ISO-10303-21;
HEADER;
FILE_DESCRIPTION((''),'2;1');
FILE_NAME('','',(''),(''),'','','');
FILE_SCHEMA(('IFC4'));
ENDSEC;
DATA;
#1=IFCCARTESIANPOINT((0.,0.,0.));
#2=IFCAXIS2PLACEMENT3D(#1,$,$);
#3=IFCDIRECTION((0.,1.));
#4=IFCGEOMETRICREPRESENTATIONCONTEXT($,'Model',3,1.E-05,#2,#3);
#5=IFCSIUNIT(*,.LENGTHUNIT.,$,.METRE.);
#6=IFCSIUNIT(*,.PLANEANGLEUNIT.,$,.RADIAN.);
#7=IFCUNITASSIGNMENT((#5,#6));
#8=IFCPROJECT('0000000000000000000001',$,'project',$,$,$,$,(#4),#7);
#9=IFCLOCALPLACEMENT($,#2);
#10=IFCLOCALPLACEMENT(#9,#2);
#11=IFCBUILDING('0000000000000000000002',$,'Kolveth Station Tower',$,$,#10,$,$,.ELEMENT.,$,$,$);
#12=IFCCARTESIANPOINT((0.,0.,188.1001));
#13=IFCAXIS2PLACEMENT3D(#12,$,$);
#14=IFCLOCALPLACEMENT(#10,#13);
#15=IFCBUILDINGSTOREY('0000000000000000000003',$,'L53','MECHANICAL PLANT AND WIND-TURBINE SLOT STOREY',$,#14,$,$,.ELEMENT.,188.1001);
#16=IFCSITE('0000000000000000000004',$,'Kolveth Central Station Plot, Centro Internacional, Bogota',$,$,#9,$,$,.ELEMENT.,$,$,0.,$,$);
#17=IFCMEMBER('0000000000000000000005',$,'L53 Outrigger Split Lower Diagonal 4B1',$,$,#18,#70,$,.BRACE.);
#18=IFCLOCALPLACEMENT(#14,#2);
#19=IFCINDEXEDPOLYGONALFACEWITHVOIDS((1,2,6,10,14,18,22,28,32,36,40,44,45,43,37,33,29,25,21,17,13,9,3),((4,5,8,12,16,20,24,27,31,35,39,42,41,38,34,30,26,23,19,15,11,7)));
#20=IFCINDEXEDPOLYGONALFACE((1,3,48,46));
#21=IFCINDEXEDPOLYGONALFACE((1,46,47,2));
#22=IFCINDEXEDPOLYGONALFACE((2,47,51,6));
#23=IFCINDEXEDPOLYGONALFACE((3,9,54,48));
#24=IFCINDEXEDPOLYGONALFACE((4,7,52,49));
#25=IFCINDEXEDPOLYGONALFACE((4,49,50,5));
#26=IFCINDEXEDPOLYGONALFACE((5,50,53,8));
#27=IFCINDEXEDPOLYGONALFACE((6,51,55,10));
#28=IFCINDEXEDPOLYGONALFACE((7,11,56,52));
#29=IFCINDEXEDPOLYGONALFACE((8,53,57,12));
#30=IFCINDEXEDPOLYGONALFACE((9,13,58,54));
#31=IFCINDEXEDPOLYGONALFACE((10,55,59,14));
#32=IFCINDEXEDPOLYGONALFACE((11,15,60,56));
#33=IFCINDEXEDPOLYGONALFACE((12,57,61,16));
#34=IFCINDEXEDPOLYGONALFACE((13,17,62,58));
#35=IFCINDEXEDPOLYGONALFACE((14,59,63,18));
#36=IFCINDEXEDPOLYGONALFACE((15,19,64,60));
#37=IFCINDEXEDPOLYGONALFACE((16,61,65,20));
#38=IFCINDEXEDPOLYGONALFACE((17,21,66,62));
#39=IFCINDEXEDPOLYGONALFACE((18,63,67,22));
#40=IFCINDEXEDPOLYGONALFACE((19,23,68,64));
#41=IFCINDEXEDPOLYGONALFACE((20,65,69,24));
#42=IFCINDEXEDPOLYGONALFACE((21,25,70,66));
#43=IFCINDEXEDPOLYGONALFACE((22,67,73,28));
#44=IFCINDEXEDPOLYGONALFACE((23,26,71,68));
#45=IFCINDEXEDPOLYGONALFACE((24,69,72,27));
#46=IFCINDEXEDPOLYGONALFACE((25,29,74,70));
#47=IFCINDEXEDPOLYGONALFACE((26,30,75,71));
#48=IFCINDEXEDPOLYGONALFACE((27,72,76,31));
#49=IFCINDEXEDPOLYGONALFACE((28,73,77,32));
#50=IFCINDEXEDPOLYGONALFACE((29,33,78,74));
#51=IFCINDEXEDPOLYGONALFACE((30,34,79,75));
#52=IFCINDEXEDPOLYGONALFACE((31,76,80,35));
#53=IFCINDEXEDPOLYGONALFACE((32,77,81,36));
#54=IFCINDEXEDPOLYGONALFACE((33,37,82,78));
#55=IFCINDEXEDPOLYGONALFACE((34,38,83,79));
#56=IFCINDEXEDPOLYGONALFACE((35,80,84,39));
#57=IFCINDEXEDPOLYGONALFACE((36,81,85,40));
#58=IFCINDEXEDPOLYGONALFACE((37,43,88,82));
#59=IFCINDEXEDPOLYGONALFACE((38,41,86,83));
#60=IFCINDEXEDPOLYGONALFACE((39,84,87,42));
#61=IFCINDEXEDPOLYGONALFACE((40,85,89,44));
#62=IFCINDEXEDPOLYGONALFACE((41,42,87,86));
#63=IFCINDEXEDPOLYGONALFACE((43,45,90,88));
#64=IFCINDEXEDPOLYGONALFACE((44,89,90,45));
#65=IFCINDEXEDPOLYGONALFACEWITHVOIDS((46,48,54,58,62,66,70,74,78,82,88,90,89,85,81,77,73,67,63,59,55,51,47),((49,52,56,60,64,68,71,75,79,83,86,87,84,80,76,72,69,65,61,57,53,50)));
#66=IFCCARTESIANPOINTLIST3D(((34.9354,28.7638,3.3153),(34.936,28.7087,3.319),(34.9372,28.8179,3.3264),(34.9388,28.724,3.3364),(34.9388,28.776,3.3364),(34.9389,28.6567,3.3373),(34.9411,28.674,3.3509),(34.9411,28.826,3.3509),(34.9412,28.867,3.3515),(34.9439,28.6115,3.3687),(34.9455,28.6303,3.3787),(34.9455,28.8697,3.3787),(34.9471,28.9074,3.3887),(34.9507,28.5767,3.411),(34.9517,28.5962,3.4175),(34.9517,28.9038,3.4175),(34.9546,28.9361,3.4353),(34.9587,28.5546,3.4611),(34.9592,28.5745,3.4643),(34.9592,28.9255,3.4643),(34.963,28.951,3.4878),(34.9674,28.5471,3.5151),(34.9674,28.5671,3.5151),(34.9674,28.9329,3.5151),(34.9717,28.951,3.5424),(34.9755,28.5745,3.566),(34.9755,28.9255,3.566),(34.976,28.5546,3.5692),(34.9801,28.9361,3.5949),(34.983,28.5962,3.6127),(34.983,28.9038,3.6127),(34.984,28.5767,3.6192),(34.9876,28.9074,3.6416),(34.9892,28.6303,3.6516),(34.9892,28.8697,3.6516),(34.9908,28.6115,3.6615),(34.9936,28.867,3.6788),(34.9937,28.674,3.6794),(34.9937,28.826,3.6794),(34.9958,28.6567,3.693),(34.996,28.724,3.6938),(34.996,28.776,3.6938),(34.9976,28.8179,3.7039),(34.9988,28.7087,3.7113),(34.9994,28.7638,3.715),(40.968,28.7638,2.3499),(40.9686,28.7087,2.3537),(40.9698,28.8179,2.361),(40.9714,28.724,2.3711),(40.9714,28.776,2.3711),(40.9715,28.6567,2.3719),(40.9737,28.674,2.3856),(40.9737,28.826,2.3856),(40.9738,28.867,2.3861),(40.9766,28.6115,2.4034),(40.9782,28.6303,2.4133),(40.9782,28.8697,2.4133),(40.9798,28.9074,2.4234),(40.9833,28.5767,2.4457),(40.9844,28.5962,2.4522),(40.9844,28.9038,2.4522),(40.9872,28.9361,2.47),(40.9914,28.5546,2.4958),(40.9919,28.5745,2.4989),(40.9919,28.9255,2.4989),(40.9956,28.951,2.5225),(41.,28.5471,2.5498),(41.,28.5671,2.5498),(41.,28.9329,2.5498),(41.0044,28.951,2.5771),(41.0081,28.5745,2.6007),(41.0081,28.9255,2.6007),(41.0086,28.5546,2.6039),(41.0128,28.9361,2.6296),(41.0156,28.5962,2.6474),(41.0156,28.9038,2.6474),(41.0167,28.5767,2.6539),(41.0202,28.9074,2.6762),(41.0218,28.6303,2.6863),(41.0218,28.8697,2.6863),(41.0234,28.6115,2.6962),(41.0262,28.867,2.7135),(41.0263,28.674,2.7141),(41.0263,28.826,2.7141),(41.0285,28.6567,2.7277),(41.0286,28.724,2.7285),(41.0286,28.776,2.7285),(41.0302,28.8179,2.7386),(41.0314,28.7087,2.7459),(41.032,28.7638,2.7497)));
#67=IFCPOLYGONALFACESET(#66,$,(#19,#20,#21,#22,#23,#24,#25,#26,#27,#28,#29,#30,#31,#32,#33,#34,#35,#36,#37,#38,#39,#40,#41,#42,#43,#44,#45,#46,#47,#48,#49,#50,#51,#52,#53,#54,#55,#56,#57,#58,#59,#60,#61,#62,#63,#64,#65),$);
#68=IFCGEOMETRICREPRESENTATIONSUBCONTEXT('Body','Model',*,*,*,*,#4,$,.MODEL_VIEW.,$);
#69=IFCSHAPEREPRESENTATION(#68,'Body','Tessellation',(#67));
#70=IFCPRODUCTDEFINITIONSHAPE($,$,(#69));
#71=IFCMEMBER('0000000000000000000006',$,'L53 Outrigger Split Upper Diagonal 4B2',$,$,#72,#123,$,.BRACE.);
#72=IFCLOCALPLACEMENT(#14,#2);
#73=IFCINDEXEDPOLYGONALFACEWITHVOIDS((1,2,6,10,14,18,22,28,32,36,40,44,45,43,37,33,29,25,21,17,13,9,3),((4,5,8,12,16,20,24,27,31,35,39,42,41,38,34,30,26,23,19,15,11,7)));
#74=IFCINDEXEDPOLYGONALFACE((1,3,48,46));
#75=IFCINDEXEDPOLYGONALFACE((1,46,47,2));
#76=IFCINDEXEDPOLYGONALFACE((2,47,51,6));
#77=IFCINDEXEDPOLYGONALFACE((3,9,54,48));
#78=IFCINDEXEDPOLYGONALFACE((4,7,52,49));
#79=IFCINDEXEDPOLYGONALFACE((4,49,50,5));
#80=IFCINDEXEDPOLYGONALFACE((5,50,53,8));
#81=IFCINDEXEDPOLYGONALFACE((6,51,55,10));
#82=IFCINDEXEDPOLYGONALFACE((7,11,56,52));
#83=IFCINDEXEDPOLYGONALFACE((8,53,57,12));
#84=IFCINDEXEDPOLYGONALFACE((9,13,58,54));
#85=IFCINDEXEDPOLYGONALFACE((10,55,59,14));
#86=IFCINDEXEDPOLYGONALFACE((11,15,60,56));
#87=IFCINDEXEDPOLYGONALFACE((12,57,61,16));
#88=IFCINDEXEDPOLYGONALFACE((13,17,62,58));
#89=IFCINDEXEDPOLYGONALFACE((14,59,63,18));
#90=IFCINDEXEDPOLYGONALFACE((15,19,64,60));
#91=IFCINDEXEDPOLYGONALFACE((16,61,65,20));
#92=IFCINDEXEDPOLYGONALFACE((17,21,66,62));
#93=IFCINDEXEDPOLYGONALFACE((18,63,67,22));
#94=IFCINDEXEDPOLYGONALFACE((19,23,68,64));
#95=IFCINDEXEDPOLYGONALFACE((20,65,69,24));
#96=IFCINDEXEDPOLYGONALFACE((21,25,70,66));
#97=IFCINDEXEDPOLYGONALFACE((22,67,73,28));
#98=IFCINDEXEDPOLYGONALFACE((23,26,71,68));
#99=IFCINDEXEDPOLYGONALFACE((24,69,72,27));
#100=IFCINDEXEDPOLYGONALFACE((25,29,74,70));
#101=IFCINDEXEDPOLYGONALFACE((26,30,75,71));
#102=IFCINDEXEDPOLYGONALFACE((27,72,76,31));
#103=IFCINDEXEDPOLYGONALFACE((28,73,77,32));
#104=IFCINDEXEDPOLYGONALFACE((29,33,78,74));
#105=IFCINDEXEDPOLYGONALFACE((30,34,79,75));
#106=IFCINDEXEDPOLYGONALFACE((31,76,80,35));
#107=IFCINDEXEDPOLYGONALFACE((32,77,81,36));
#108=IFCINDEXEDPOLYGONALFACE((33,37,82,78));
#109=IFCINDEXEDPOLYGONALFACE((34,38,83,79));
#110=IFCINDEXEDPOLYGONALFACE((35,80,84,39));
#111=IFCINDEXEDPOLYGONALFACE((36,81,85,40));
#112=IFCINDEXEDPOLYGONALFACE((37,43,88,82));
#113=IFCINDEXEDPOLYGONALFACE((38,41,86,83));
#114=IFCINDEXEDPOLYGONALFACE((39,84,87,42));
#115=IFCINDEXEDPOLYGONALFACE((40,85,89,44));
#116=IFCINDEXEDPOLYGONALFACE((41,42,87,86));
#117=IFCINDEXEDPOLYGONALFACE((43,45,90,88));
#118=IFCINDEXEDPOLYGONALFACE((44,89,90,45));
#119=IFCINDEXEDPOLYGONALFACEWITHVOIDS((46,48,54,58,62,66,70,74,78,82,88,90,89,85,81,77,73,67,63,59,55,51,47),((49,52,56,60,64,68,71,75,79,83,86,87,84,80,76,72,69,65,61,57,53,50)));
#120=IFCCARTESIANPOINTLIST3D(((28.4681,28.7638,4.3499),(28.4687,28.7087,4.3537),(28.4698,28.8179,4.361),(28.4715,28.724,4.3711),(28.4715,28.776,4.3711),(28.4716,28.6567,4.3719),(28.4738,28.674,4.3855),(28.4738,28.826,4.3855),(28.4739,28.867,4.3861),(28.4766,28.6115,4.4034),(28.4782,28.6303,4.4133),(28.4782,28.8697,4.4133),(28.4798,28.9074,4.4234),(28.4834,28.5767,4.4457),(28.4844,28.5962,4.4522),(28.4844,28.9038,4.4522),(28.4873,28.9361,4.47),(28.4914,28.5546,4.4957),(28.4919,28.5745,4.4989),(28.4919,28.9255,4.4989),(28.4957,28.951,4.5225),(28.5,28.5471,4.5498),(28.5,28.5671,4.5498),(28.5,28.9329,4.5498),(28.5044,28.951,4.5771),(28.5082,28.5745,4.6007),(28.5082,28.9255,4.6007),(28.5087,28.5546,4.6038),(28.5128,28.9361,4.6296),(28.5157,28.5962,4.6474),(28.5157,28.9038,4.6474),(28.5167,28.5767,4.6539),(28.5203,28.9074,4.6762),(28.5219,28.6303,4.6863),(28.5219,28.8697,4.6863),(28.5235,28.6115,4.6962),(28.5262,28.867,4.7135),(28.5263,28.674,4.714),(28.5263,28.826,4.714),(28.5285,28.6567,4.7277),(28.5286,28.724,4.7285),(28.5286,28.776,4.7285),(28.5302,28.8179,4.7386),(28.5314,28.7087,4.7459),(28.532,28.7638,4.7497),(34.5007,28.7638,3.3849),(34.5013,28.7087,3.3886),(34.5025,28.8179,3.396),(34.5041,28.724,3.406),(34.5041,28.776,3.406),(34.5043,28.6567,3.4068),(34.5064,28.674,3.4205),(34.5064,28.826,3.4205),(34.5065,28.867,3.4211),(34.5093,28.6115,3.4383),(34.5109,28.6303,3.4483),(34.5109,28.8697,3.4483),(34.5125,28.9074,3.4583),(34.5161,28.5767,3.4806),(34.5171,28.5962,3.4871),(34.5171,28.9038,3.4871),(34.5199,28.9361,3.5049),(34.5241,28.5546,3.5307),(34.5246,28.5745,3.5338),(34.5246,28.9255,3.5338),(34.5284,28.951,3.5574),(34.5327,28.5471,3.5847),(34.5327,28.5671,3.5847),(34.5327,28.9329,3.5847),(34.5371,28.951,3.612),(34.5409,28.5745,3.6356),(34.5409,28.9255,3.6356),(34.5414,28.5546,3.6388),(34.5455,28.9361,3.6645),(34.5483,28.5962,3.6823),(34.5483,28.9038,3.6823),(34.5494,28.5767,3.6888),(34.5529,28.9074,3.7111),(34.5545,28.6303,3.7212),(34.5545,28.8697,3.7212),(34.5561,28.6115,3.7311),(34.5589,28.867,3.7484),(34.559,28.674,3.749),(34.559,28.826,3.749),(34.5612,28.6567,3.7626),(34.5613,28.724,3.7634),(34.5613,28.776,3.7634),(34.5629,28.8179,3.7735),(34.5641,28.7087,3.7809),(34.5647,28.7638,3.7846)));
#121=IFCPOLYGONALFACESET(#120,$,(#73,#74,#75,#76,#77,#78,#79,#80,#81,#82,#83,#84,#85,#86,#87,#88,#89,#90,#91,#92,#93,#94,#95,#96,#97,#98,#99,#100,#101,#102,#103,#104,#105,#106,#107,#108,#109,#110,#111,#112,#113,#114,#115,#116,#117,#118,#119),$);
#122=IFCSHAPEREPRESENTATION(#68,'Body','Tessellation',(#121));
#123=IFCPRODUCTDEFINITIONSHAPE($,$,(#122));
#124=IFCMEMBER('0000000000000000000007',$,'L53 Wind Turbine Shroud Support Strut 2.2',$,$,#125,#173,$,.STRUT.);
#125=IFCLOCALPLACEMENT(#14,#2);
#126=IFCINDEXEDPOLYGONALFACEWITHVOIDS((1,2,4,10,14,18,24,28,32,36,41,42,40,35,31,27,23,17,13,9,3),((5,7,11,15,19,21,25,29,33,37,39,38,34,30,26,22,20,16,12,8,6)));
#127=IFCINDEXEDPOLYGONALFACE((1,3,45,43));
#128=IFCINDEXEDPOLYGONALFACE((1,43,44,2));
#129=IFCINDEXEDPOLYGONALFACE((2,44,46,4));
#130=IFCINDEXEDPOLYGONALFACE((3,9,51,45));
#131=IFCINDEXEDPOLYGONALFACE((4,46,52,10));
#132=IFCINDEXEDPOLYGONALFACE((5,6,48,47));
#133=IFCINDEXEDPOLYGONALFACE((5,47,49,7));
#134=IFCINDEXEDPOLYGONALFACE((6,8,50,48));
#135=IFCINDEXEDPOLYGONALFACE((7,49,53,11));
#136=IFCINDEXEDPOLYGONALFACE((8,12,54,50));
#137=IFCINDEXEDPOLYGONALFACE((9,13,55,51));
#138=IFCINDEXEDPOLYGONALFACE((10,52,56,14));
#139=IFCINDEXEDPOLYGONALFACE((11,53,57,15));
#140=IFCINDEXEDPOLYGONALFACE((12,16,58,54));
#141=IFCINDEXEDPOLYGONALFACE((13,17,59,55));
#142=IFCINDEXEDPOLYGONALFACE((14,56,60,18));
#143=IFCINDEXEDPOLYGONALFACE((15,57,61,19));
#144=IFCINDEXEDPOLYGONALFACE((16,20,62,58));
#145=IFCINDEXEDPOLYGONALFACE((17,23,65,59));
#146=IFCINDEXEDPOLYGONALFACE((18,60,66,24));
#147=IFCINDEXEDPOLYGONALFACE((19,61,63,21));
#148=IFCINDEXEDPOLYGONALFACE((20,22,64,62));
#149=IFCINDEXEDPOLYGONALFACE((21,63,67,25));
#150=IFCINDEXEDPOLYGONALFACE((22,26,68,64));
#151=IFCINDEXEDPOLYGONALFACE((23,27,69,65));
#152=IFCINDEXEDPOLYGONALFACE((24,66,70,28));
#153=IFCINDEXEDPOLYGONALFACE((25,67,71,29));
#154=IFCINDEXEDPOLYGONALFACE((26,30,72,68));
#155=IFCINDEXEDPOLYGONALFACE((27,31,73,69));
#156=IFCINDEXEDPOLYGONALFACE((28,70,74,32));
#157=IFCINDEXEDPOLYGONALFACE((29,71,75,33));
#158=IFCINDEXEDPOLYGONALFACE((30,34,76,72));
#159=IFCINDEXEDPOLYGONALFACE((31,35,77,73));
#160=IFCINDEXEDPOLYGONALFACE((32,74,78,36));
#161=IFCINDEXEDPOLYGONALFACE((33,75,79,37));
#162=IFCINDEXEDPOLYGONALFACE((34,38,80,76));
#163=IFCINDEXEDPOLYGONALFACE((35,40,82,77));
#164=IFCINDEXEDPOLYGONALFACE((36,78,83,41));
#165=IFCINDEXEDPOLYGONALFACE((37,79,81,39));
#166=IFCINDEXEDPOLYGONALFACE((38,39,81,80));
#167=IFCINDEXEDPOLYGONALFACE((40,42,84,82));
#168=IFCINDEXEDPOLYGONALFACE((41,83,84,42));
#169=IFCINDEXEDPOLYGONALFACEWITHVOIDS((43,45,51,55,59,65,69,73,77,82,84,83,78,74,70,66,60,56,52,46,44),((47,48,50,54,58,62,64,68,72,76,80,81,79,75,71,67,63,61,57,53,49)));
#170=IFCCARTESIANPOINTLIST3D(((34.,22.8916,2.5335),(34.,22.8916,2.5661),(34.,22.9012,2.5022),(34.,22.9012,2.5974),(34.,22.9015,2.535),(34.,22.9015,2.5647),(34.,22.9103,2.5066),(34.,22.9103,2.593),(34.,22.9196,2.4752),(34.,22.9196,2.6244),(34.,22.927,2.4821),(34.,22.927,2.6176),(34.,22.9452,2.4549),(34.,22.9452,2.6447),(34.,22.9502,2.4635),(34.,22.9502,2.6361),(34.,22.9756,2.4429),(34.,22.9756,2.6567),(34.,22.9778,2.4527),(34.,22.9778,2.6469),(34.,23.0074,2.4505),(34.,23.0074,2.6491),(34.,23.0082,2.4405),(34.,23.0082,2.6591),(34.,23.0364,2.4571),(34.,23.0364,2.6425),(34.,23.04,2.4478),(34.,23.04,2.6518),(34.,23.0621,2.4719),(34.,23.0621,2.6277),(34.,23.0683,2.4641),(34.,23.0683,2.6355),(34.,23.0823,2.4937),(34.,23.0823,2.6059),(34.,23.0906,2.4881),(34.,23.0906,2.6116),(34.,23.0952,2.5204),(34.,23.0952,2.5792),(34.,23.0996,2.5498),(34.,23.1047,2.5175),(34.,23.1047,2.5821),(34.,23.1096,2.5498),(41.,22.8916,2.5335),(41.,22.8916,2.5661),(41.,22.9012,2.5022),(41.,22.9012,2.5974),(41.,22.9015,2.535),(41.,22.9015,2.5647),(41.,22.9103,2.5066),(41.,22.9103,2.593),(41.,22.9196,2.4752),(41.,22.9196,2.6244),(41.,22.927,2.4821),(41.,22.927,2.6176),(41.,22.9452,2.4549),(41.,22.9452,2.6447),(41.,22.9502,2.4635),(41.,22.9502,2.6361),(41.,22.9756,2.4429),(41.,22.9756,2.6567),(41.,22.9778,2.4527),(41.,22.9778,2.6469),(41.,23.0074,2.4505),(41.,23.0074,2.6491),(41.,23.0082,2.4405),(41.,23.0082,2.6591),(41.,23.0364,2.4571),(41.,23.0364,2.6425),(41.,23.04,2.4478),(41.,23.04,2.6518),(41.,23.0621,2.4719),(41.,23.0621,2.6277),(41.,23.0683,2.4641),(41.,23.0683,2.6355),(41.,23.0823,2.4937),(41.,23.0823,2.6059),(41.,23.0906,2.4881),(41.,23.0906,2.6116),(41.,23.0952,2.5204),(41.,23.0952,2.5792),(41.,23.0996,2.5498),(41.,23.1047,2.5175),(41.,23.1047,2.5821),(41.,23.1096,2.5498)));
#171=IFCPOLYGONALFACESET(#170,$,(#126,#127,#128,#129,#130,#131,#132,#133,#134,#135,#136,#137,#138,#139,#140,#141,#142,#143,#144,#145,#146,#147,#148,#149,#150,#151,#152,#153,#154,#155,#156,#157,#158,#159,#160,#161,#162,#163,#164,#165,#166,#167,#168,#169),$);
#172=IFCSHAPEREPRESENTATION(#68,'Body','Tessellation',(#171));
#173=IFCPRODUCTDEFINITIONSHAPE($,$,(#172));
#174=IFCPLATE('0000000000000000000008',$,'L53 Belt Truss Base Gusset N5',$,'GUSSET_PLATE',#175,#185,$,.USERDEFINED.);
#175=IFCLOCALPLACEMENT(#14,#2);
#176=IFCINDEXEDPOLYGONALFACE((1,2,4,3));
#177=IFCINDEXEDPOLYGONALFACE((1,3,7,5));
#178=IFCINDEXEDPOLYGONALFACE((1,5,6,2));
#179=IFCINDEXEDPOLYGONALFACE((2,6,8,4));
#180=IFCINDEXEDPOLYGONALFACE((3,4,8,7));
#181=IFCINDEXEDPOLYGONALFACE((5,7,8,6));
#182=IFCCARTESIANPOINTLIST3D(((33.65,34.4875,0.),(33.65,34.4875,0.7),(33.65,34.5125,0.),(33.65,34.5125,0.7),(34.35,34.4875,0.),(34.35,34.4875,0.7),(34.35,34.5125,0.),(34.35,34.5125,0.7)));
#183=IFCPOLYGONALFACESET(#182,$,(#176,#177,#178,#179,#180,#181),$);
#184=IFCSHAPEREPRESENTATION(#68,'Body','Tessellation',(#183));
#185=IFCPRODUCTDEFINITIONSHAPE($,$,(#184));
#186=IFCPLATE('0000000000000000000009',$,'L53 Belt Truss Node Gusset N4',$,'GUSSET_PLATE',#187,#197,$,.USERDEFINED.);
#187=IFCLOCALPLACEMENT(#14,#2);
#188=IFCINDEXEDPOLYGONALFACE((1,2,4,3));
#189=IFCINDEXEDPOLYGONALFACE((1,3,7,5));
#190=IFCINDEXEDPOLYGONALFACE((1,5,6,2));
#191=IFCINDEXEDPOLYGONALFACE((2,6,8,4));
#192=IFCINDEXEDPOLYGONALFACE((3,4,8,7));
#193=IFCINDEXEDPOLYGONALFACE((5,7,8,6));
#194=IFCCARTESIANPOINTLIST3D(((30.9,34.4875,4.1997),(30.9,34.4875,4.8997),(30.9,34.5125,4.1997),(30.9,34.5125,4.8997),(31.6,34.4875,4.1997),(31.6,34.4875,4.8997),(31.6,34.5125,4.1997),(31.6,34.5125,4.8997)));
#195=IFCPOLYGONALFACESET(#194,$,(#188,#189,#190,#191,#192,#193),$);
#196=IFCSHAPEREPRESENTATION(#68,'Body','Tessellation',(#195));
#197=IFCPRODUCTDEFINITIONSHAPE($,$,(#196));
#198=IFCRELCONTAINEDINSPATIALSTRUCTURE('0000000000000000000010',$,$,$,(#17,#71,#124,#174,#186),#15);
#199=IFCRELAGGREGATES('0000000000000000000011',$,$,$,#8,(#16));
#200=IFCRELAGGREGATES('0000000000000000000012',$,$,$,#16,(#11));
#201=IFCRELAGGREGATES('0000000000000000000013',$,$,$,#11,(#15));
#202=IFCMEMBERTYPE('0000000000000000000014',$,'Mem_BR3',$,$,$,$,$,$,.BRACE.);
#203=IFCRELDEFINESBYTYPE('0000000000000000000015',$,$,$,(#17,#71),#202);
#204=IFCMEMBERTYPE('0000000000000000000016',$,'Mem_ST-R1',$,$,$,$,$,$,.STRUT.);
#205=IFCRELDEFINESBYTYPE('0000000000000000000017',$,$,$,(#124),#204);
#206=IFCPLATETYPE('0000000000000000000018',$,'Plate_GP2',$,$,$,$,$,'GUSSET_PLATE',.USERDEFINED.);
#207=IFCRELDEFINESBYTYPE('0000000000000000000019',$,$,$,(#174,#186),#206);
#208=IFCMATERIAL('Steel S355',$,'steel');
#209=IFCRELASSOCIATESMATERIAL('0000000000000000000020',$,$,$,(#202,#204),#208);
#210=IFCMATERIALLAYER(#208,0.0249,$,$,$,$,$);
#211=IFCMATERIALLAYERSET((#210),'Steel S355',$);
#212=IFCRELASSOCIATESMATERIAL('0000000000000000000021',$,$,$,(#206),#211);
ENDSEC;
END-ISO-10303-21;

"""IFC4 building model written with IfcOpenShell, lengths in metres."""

from ifc_helpers import new_model, si_unit, direction, frame, origin, origin_2d, place, context, subcontext, project, spatial, rectangle, hollow_circle, extrude, source, transform, mapped, material, layer, layer_set, material_profile, profile_set, type_object, element, save


model = new_model("IFC4")

# Units and contexts
model_context = context("Model", 3, precision=1e-05, world=origin(), true_north=direction((0.0, 1.0)))
body_context = subcontext(model_context, "Body", "Model", "MODEL_VIEW")
ifc_project = project(units=[si_unit("LENGTHUNIT", "METRE"), si_unit("PLANEANGLEUNIT", "RADIAN")], contexts=[model_context])

# Site, building, storey
site_placement = place(None, origin())
site = spatial("IfcSite", under=ifc_project, at=site_placement, Name="Kolveth Central Station Plot, Centro Internacional, Bogota", CompositionType="ELEMENT", RefElevation=0.0)
building_placement = place(site_placement, origin())
building = spatial("IfcBuilding", under=site, at=building_placement, Name="Kolveth Station Tower", CompositionType="ELEMENT")
storey_placement = place(building_placement, frame((0.0, 0.0, 188.1001)))
storey = spatial("IfcBuildingStorey", under=building, at=storey_placement, Name="L53", Description="MECHANICAL PLANT AND WIND-TURBINE SLOT STOREY", CompositionType="ELEMENT", Elevation=188.1001)

# Shared definitions
ifc_material_1 = material(Name="Steel S355", Category="steel")

# Members
ifc_material_profile_1 = material_profile(ifc_material_1, hollow_circle(Radius=0.2029, WallThickness=0.02, at=origin_2d()), Name="CHS406x20")
ifc_profile_set_1 = profile_set([ifc_material_profile_1], Name="Steel S355")
member_type_1 = type_object("IfcMemberType", Name="Mem_BR3", PredefinedType="BRACE", material=ifc_profile_set_1)
shared_shape_1 = source(origin(), body_context, "Body", "SweptSolid", [
    extrude(hollow_circle(Radius=0.2029, WallThickness=0.02, at=origin_2d()), origin(), (0.0, 0.0, 1.0), 6.1094),
])
for number, where, z_axis, x_axis, name in (
    (1, (41.0, 28.75, 2.5498), (-0.987438, 0.0, 0.158006), (0.0, -1.0, 0.0), "L53 Outrigger Split Lower Diagonal 4B1"),
    (2, (34.5327, 28.75, 3.5847), (-0.987444, 0.0, 0.157967), (0.0, -1.0, 0.0), "L53 Outrigger Split Upper Diagonal 4B2"),
):
    element("IfcMember", number, at=place(storey_placement, frame(where, z_axis=z_axis, x_axis=x_axis)), inside=storey, type_object=member_type_1, Name=name, PredefinedType="BRACE", context=body_context, shape_type="MappedRepresentation", body=[
        mapped(shared_shape_1, transform((0.0, 0.0, 0.0), x_axis=(1.0, 0.0, 0.0), y_axis=(0.0, 1.0, 0.0), z_axis=(0.0, 0.0, 1.0), scale=1.0)),
    ])
ifc_material_profile_2 = material_profile(ifc_material_1, hollow_circle(Radius=0.1096, WallThickness=0.01, at=origin_2d()), Name="CHS219x10")
ifc_profile_set_2 = profile_set([ifc_material_profile_2], Name="Steel S355")
member_type_2 = type_object("IfcMemberType", Name="Mem_ST-R1", PredefinedType="STRUT", material=ifc_profile_set_2)
shared_shape_2 = source(origin(), body_context, "Body", "SweptSolid", [
    extrude(hollow_circle(Radius=0.1096, WallThickness=0.01, at=origin_2d()), origin(), (0.0, 0.0, 1.0), 7.0),
])
member_1_placement = place(storey_placement, frame((34.0, 23.0, 2.5498), z_axis=(1.0, 0.0, 0.0), x_axis=(0.0, 1.0, 0.0)))
element("IfcMember", 3, at=member_1_placement, inside=storey, type_object=member_type_2, Name="L53 Wind Turbine Shroud Support Strut 2.2", PredefinedType="STRUT", context=body_context, shape_type="MappedRepresentation", body=[
    mapped(shared_shape_2, transform((0.0, 0.0, 0.0), x_axis=(1.0, 0.0, 0.0), y_axis=(0.0, 1.0, 0.0), z_axis=(0.0, 0.0, 1.0), scale=1.0)),
])

# Plates
ifc_layer_1 = layer(ifc_material_1, 0.0249)
ifc_layer_set_1 = layer_set([ifc_layer_1], Name="Steel S355")
plate_type_1 = type_object("IfcPlateType", Name="Plate_GP2", ElementType="GUSSET_PLATE", PredefinedType="USERDEFINED", material=ifc_layer_set_1)
shared_shape_3 = source(origin(), body_context, "Body", "SweptSolid", [
    extrude(rectangle(XDim=0.7, YDim=0.0249, at=origin_2d()), origin(), (0.0, 0.0, 1.0), 0.7),
])
for number, where, z_axis, x_axis, name in (
    (4, (34.0, 34.5, 0.0), (0.0, 0.0, 1.0), (1.0, 0.0, 0.0), "L53 Belt Truss Base Gusset N5"),
    (5, (31.25, 34.5, 4.1997), (0.0, 0.0, 1.0), (1.0, 0.0, 0.0), "L53 Belt Truss Node Gusset N4"),
):
    element("IfcPlate", number, at=place(storey_placement, frame(where, z_axis=z_axis, x_axis=x_axis)), inside=storey, type_object=plate_type_1, Name=name, ObjectType="GUSSET_PLATE", PredefinedType="USERDEFINED", context=body_context, shape_type="MappedRepresentation", body=[
        mapped(shared_shape_3, transform((0.0, 0.0, 0.0), x_axis=(1.0, 0.0, 0.0), y_axis=(0.0, 1.0, 0.0), z_axis=(0.0, 0.0, 1.0), scale=1.0)),
    ])

save(model, "model.ifc")
